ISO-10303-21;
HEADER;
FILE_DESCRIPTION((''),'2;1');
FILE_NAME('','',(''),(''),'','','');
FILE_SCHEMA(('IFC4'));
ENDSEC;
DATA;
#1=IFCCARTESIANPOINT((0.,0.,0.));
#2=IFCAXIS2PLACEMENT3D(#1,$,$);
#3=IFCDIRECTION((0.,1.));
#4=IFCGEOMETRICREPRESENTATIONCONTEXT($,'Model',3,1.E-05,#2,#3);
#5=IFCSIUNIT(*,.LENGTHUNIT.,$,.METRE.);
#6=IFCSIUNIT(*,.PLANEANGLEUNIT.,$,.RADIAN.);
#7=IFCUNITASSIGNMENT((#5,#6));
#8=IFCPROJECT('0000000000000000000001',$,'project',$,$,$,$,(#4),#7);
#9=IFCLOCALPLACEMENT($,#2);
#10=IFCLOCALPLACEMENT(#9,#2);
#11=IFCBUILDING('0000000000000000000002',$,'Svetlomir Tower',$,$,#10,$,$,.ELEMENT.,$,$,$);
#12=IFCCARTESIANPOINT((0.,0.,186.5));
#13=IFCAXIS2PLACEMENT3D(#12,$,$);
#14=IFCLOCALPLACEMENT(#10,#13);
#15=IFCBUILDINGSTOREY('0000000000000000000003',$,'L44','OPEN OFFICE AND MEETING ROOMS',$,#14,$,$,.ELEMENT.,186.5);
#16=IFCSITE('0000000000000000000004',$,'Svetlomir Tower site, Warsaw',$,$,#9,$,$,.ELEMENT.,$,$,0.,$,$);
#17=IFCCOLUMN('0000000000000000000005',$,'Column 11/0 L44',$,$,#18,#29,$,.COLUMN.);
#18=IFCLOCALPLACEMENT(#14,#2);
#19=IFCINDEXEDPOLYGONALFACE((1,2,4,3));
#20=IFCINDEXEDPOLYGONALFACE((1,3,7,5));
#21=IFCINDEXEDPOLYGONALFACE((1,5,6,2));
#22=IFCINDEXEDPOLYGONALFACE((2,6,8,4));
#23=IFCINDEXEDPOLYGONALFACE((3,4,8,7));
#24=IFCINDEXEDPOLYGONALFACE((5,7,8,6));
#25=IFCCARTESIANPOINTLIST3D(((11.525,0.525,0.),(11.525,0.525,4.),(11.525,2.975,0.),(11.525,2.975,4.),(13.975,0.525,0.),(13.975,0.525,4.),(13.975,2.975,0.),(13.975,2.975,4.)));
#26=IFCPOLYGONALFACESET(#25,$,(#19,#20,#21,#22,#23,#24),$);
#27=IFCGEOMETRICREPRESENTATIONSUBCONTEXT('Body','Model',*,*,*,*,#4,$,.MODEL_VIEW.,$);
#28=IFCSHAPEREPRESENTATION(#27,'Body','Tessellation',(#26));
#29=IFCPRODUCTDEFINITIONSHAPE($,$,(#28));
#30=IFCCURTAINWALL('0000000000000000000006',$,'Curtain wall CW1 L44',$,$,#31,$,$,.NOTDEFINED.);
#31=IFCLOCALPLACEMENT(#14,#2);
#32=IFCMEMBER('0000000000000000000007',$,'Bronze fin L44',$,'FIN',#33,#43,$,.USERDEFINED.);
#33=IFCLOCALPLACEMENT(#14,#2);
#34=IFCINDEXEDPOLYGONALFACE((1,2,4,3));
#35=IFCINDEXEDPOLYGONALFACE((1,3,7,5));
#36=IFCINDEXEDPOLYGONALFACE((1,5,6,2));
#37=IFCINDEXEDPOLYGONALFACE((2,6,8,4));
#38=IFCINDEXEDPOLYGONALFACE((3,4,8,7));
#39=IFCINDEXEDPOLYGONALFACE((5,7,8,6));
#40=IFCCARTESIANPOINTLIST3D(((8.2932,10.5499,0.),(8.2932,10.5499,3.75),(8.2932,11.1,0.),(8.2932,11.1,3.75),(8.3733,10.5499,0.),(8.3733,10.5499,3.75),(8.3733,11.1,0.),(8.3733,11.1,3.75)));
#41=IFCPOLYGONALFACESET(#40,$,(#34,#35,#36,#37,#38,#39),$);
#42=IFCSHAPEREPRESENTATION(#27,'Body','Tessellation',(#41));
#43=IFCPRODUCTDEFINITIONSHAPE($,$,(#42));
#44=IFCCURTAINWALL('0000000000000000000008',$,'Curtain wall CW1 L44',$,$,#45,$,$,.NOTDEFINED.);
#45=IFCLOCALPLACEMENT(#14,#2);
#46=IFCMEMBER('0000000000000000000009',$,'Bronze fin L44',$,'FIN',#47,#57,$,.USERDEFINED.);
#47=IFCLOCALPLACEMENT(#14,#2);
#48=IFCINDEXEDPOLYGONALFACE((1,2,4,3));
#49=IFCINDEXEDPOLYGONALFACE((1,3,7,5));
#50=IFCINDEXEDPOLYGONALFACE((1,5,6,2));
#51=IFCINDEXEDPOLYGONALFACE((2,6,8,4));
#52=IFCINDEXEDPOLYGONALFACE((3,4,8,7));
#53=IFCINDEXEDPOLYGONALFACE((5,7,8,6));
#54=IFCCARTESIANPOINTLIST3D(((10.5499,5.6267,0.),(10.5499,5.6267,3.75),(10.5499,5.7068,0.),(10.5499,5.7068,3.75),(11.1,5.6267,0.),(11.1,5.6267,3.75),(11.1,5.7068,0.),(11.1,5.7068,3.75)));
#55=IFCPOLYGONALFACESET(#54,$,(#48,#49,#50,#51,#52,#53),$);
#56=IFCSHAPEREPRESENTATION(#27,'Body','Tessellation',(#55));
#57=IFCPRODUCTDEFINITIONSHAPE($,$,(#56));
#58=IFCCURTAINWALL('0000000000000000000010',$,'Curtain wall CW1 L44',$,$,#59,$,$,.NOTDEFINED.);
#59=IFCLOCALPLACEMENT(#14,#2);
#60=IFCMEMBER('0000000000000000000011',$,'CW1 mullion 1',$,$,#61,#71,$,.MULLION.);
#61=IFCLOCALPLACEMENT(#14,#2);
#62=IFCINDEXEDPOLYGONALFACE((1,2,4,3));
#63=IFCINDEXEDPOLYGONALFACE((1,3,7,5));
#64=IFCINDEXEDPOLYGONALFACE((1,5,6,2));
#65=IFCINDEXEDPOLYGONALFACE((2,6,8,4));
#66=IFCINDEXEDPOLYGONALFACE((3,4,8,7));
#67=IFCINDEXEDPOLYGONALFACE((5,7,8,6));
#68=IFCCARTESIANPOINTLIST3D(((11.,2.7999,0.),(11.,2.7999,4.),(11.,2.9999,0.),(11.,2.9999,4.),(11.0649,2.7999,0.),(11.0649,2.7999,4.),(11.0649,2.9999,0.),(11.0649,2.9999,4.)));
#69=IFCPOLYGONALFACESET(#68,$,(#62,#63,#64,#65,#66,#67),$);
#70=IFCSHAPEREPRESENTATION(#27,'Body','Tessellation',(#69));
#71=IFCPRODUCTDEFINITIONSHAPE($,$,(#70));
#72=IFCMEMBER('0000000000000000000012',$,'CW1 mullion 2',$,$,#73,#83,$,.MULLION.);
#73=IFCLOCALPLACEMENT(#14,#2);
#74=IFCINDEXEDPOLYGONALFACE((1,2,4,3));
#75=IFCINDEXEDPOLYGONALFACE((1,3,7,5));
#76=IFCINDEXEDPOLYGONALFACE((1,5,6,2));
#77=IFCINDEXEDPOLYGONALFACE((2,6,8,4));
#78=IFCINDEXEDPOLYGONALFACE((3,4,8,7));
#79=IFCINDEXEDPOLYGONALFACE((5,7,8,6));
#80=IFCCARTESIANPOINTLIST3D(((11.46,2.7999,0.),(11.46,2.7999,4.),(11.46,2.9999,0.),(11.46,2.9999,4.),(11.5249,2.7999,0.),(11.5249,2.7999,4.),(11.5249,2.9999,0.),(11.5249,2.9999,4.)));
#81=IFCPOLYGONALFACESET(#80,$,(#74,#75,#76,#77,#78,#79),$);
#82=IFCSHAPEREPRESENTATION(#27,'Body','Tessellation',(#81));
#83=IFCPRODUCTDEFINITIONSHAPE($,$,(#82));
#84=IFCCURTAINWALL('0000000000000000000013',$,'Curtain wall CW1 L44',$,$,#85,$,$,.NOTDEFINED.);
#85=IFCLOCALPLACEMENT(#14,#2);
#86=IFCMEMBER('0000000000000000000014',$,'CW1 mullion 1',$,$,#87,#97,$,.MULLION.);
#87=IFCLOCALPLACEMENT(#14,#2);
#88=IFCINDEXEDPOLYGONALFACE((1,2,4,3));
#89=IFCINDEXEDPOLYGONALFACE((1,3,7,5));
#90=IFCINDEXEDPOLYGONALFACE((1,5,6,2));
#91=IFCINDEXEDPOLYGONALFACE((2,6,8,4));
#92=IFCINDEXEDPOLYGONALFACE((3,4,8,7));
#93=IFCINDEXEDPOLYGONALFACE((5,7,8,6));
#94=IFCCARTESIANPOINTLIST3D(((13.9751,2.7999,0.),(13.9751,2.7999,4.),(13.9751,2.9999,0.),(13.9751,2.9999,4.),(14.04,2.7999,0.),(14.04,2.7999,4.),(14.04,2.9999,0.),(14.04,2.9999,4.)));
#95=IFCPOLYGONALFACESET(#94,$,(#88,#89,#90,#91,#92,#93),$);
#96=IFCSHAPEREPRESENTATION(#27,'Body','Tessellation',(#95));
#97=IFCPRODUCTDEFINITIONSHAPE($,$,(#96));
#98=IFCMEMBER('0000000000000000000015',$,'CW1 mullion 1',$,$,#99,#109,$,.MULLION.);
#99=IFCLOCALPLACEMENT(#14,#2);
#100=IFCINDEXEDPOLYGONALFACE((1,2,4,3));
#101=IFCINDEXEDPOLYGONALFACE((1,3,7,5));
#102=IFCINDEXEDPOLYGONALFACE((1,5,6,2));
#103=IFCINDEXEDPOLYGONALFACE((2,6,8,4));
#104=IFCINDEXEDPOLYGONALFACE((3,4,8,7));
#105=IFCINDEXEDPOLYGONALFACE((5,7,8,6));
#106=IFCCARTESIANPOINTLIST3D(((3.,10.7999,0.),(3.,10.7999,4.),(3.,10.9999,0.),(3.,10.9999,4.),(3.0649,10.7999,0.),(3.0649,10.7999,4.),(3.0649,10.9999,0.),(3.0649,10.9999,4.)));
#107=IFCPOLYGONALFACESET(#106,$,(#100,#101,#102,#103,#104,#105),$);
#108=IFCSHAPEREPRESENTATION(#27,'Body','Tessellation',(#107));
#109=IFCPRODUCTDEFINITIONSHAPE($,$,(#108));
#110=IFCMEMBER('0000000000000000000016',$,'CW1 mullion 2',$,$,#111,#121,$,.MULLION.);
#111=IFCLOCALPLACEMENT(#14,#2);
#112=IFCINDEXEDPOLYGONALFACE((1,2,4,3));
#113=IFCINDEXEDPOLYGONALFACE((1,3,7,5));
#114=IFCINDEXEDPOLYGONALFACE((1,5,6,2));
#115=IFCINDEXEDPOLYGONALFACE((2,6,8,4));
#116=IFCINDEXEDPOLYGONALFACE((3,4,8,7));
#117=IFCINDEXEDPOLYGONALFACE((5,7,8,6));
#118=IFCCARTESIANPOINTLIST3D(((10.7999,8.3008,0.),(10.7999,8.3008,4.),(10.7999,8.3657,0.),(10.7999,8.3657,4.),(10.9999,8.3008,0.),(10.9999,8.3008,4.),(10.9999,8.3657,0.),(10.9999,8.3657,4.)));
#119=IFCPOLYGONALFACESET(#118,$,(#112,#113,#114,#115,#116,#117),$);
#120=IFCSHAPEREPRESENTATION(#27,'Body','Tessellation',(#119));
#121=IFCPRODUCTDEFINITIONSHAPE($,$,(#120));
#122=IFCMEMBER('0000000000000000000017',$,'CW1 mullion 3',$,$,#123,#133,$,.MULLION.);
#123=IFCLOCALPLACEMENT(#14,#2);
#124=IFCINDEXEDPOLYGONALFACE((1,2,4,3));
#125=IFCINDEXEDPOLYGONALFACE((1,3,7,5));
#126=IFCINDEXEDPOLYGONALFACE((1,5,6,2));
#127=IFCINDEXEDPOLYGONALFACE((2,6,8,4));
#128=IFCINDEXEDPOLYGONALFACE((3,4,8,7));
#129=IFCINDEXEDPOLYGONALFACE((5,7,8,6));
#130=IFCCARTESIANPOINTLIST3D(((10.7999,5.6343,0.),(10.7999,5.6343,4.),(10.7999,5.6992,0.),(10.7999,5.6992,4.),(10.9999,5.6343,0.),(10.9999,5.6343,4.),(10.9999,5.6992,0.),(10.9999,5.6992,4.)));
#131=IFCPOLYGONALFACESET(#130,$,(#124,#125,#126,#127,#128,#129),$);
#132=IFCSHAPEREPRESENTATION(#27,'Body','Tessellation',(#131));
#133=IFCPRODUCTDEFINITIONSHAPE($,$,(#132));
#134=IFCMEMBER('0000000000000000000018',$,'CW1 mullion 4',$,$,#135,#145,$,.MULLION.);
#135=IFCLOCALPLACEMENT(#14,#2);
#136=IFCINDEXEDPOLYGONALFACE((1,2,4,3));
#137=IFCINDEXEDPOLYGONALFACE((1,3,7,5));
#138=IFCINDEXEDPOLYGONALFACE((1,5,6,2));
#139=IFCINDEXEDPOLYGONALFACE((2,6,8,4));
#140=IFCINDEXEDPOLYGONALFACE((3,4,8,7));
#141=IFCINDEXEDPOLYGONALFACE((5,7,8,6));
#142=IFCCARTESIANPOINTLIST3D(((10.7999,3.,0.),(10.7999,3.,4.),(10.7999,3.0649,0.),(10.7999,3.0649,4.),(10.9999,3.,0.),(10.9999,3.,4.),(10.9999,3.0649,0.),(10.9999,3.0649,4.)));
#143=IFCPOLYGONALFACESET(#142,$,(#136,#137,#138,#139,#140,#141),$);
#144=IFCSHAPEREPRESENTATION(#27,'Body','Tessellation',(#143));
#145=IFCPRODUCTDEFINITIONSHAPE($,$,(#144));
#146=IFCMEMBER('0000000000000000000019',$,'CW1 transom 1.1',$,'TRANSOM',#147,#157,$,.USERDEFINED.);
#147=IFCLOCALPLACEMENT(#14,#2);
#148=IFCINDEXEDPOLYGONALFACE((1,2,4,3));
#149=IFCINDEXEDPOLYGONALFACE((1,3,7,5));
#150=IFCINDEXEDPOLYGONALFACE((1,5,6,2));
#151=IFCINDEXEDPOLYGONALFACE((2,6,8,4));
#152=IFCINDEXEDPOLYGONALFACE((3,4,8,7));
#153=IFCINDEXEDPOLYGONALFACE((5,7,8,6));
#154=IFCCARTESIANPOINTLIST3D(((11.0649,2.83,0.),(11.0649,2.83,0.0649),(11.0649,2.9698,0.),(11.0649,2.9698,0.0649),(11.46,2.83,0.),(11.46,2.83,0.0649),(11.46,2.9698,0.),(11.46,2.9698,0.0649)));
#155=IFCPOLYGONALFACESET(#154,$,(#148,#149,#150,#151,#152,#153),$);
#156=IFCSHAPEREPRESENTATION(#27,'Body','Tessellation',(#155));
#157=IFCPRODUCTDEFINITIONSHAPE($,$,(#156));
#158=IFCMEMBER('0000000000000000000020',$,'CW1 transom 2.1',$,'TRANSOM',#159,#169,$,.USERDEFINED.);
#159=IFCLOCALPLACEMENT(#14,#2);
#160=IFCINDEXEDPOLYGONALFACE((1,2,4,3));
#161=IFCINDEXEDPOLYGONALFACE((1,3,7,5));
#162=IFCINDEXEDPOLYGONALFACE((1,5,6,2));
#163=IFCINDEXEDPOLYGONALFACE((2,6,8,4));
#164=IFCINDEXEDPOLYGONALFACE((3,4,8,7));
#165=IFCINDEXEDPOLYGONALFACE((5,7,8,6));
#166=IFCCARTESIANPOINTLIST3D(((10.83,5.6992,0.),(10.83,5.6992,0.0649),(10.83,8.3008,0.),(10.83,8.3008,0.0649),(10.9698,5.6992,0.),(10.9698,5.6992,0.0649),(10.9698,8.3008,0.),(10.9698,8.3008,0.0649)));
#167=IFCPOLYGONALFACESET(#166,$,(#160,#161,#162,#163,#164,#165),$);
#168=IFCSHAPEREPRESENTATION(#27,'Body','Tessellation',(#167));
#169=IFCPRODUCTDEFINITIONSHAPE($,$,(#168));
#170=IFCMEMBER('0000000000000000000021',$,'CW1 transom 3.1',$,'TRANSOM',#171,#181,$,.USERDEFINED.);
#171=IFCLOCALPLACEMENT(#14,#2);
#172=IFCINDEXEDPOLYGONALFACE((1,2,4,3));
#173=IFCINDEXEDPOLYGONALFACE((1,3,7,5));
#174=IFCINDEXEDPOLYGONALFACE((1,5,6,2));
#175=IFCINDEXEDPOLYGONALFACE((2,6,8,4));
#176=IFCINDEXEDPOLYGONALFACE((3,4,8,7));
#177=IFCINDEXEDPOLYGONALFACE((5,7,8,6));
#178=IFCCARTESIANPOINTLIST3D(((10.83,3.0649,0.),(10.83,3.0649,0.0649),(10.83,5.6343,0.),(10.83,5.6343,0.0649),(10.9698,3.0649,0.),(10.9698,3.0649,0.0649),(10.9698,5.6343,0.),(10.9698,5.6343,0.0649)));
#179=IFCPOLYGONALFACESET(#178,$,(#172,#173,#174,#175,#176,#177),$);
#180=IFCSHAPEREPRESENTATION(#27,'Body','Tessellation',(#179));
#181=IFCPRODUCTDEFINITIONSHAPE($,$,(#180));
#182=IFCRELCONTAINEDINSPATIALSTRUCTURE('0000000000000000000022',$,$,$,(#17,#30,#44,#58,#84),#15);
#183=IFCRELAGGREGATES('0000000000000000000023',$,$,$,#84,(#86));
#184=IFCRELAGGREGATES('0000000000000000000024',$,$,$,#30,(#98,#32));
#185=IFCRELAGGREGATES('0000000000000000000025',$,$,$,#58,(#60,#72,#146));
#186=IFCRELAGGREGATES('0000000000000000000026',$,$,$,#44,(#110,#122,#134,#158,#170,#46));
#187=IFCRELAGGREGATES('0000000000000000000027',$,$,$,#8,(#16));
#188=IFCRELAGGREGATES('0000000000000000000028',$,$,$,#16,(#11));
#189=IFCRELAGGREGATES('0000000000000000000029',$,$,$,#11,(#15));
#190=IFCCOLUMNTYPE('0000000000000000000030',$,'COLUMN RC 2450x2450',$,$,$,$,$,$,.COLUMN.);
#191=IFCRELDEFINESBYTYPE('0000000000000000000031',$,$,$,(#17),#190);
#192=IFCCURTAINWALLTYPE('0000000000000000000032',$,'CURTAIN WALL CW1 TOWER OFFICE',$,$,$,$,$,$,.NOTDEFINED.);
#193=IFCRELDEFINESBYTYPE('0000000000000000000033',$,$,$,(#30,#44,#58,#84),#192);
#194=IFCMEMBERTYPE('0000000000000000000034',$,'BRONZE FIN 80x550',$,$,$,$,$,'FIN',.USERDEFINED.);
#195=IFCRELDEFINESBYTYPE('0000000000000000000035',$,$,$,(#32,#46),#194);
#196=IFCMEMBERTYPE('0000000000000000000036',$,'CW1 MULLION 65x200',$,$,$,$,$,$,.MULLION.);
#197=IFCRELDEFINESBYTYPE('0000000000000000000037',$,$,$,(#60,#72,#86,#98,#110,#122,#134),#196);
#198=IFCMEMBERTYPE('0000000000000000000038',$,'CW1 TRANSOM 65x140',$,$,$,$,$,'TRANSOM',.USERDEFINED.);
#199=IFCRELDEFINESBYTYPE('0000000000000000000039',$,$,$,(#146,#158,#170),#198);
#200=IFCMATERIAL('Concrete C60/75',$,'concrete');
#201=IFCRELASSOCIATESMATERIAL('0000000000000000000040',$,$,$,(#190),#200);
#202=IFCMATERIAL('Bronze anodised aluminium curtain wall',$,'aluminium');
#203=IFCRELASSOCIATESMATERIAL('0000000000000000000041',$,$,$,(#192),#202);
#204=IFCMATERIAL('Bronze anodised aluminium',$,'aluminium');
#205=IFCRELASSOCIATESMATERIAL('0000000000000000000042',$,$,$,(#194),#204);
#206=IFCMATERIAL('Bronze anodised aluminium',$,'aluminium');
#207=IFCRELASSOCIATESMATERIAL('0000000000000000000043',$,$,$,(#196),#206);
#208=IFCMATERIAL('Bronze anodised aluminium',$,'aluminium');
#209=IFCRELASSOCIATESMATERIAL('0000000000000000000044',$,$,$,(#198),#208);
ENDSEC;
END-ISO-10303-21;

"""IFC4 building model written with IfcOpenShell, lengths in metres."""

from ifc_helpers import new_model, si_unit, direction, frame, origin, origin_2d, place, context, subcontext, project, spatial, rectangle, extrude, material, material_profile, profile_set, type_object, element, aggregate, save


model = new_model("IFC4")

# Units and contexts
model_context = context("Model", 3, precision=1e-05, world=origin(), true_north=direction((0.0, 1.0)))
body_context = subcontext(model_context, "Body", "Model", "MODEL_VIEW")
ifc_project = project(units=[si_unit("LENGTHUNIT", "METRE"), si_unit("PLANEANGLEUNIT", "RADIAN")], contexts=[model_context])

# Site, building, storey
site_placement = place(None, origin())
site = spatial("IfcSite", under=ifc_project, at=site_placement, Name="Svetlomir Tower site, Warsaw", CompositionType="ELEMENT", RefElevation=0.0)
building_placement = place(site_placement, origin())
building = spatial("IfcBuilding", under=site, at=building_placement, Name="Svetlomir Tower", CompositionType="ELEMENT")
storey_placement = place(building_placement, frame((0.0, 0.0, 186.5)))
storey = spatial("IfcBuildingStorey", under=building, at=storey_placement, Name="L44", Description="OPEN OFFICE AND MEETING ROOMS", CompositionType="ELEMENT", Elevation=186.5)

# Column
ifc_material_1 = material(Name="Concrete C60/75", Category="concrete")
ifc_material_profile_1 = material_profile(ifc_material_1, rectangle(XDim=2.45, YDim=2.45, at=origin_2d()), Name="RC 2450x2450")
ifc_profile_set_1 = profile_set([ifc_material_profile_1], Name="Concrete C60/75")
column_type = type_object("IfcColumnType", Name="COLUMN RC 2450x2450", PredefinedType="COLUMN", material=ifc_profile_set_1)
column_placement = place(storey_placement, frame((12.75, 1.75, 0.0), z_axis=(0.0, 0.0, 1.0), x_axis=(1.0, 0.0, 0.0)))
element("IfcColumn", 1, at=column_placement, inside=storey, type_object=column_type, Name="Column 11/0 L44", PredefinedType="COLUMN", context=body_context, shape_type="SweptSolid", body=[
    extrude(rectangle(XDim=2.45, YDim=2.45, at=origin_2d()), origin(), (0.0, 0.0, 1.0), 4.0),
])

# Curtain walls, members
ifc_material_2 = material(Name="Bronze anodised aluminium curtain wall", Category="aluminium")
curtain_wall_type = type_object("IfcCurtainWallType", Name="CURTAIN WALL CW1 TOWER OFFICE", PredefinedType="NOTDEFINED", material=ifc_material_2)
curtain_wall_1_placement = place(storey_placement, origin())
curtain_wall_1 = element("IfcCurtainWall", 2, at=curtain_wall_1_placement, inside=storey, type_object=curtain_wall_type, Name="Curtain wall CW1 L44", PredefinedType="NOTDEFINED")
ifc_material_3 = material(Name="Bronze anodised aluminium", Category="aluminium")
ifc_material_profile_2 = material_profile(ifc_material_3, rectangle(XDim=0.0801, YDim=0.55, at=origin_2d()), Name="FIN 80x550")
ifc_profile_set_2 = profile_set([ifc_material_profile_2], Name="Bronze anodised aluminium 6063-T6")
member_type_1 = type_object("IfcMemberType", Name="BRONZE FIN 80x550", ElementType="FIN", PredefinedType="USERDEFINED", material=ifc_profile_set_2)
member_1_placement = place(storey_placement, frame((8.3333, 10.825, 0.0), z_axis=(0.0, 0.0, 1.0), x_axis=(1.0, 0.0, 0.0)))
member_1 = element("IfcMember", 3, at=member_1_placement, type_object=member_type_1, Name="Bronze fin L44", ObjectType="FIN", PredefinedType="USERDEFINED", context=body_context, shape_type="SweptSolid", body=[
    extrude(rectangle(XDim=0.0801, YDim=0.55, at=origin_2d()), origin(), (0.0, 0.0, 1.0), 3.75),
])
curtain_wall_2_placement = place(storey_placement, origin())
curtain_wall_2 = element("IfcCurtainWall", 4, at=curtain_wall_2_placement, inside=storey, type_object=curtain_wall_type, Name="Curtain wall CW1 L44", PredefinedType="NOTDEFINED")
member_2_placement = place(storey_placement, frame((10.825, 5.6667, 0.0), z_axis=(0.0, 0.0, 1.0), x_axis=(0.0, 1.0, 0.0)))
member_2 = element("IfcMember", 5, at=member_2_placement, type_object=member_type_1, Name="Bronze fin L44", ObjectType="FIN", PredefinedType="USERDEFINED", context=body_context, shape_type="SweptSolid", body=[
    extrude(rectangle(XDim=0.0801, YDim=0.55, at=origin_2d()), origin(), (0.0, 0.0, 1.0), 3.75),
])

# Curtain wall, members
curtain_wall_3_placement = place(storey_placement, origin())
curtain_wall_3 = element("IfcCurtainWall", 6, at=curtain_wall_3_placement, inside=storey, type_object=curtain_wall_type, Name="Curtain wall CW1 L44", PredefinedType="NOTDEFINED")
ifc_material_4 = material(Name="Bronze anodised aluminium", Category="aluminium")
ifc_material_profile_3 = material_profile(ifc_material_4, rectangle(XDim=0.0649, YDim=0.2, at=origin_2d()), Name="AL 65x200")
ifc_profile_set_3 = profile_set([ifc_material_profile_3], Name="Bronze anodised aluminium 6063-T6")
member_type_2 = type_object("IfcMemberType", Name="CW1 MULLION 65x200", PredefinedType="MULLION", material=ifc_profile_set_3)
member_3_placement = place(storey_placement, frame((11.0325, 2.8999, 0.0), z_axis=(0.0, 0.0, 1.0), x_axis=(1.0, 0.0, 0.0)))
member_3 = element("IfcMember", 7, at=member_3_placement, type_object=member_type_2, Name="CW1 mullion 1", PredefinedType="MULLION", context=body_context, shape_type="SweptSolid", body=[
    extrude(rectangle(XDim=0.0649, YDim=0.2, at=origin_2d()), origin(), (0.0, 0.0, 1.0), 4.0),
])
member_4_placement = place(storey_placement, frame((11.4924, 2.8999, 0.0), z_axis=(0.0, 0.0, 1.0), x_axis=(1.0, 0.0, 0.0)))
member_4 = element("IfcMember", 8, at=member_4_placement, type_object=member_type_2, Name="CW1 mullion 2", PredefinedType="MULLION", context=body_context, shape_type="SweptSolid", body=[
    extrude(rectangle(XDim=0.0649, YDim=0.2, at=origin_2d()), origin(), (0.0, 0.0, 1.0), 4.0),
])

# Curtain wall, member
curtain_wall_4_placement = place(storey_placement, origin())
curtain_wall_4 = element("IfcCurtainWall", 9, at=curtain_wall_4_placement, inside=storey, type_object=curtain_wall_type, Name="Curtain wall CW1 L44", PredefinedType="NOTDEFINED")
member_5_placement = place(storey_placement, frame((14.0076, 2.8999, 0.0), z_axis=(0.0, 0.0, 1.0), x_axis=(1.0, 0.0, 0.0)))
member_5 = element("IfcMember", 10, at=member_5_placement, type_object=member_type_2, Name="CW1 mullion 1", PredefinedType="MULLION", context=body_context, shape_type="SweptSolid", body=[
    extrude(rectangle(XDim=0.0649, YDim=0.2, at=origin_2d()), origin(), (0.0, 0.0, 1.0), 4.0),
])
aggregate(curtain_wall_4, [member_5])

# Members
member_6_placement = place(storey_placement, frame((3.0325, 10.8999, 0.0), z_axis=(0.0, 0.0, 1.0), x_axis=(1.0, 0.0, 0.0)))
member_6 = element("IfcMember", 11, at=member_6_placement, type_object=member_type_2, Name="CW1 mullion 1", PredefinedType="MULLION", context=body_context, shape_type="SweptSolid", body=[
    extrude(rectangle(XDim=0.0649, YDim=0.2, at=origin_2d()), origin(), (0.0, 0.0, 1.0), 4.0),
])
aggregate(curtain_wall_1, [member_6, member_1])
member_7_placement = place(storey_placement, frame((10.8999, 8.3333, 0.0), z_axis=(0.0, 0.0, 1.0), x_axis=(0.0, -1.0, 0.0)))
member_7 = element("IfcMember", 12, at=member_7_placement, type_object=member_type_2, Name="CW1 mullion 2", PredefinedType="MULLION", context=body_context, shape_type="SweptSolid", body=[
    extrude(rectangle(XDim=0.0649, YDim=0.2, at=origin_2d()), origin(), (0.0, 0.0, 1.0), 4.0),
])
member_8_placement = place(storey_placement, frame((10.8999, 5.6667, 0.0), z_axis=(0.0, 0.0, 1.0), x_axis=(0.0, -1.0, 0.0)))
member_8 = element("IfcMember", 13, at=member_8_placement, type_object=member_type_2, Name="CW1 mullion 3", PredefinedType="MULLION", context=body_context, shape_type="SweptSolid", body=[
    extrude(rectangle(XDim=0.0649, YDim=0.2, at=origin_2d()), origin(), (0.0, 0.0, 1.0), 4.0),
])
member_9_placement = place(storey_placement, frame((10.8999, 3.0325, 0.0), z_axis=(0.0, 0.0, 1.0), x_axis=(0.0, -1.0, 0.0)))
member_9 = element("IfcMember", 14, at=member_9_placement, type_object=member_type_2, Name="CW1 mullion 4", PredefinedType="MULLION", context=body_context, shape_type="SweptSolid", body=[
    extrude(rectangle(XDim=0.0649, YDim=0.2, at=origin_2d()), origin(), (0.0, 0.0, 1.0), 4.0),
])
ifc_material_5 = material(Name="Bronze anodised aluminium", Category="aluminium")
ifc_material_profile_4 = material_profile(ifc_material_5, rectangle(XDim=0.1399, YDim=0.0649, at=origin_2d()), Name="AL 140x65")
ifc_profile_set_4 = profile_set([ifc_material_profile_4], Name="Bronze anodised aluminium 6063-T6")
member_type_3 = type_object("IfcMemberType", Name="CW1 TRANSOM 65x140", ElementType="TRANSOM", PredefinedType="USERDEFINED", material=ifc_profile_set_4)
member_10_placement = place(storey_placement, frame((11.0649, 2.8999, 0.0325), z_axis=(1.0, 0.0, 0.0), x_axis=(0.0, 1.0, 0.0)))
member_10 = element("IfcMember", 15, at=member_10_placement, type_object=member_type_3, Name="CW1 transom 1.1", ObjectType="TRANSOM", PredefinedType="USERDEFINED", context=body_context, shape_type="SweptSolid", body=[
    extrude(rectangle(XDim=0.1399, YDim=0.0649, at=origin_2d()), origin(), (0.0, 0.0, 1.0), 0.395),
])
member_11_placement = place(storey_placement, frame((10.8999, 8.3008, 0.0325), z_axis=(0.0, -1.0, 0.0), x_axis=(1.0, 0.0, 0.0)))
member_11 = element("IfcMember", 16, at=member_11_placement, type_object=member_type_3, Name="CW1 transom 2.1", ObjectType="TRANSOM", PredefinedType="USERDEFINED", context=body_context, shape_type="SweptSolid", body=[
    extrude(rectangle(XDim=0.1399, YDim=0.0649, at=origin_2d()), origin(), (0.0, 0.0, 1.0), 2.6016),
])
member_12_placement = place(storey_placement, frame((10.8999, 5.6343, 0.0325), z_axis=(0.0, -1.0, 0.0), x_axis=(1.0, 0.0, 0.0)))
member_12 = element("IfcMember", 17, at=member_12_placement, type_object=member_type_3, Name="CW1 transom 3.1", ObjectType="TRANSOM", PredefinedType="USERDEFINED", context=body_context, shape_type="SweptSolid", body=[
    extrude(rectangle(XDim=0.1399, YDim=0.0649, at=origin_2d()), origin(), (0.0, 0.0, 1.0), 2.5693),
])

aggregate(curtain_wall_3, [member_3, member_4, member_10])
aggregate(curtain_wall_2, [member_7, member_8, member_9, member_11, member_12, member_2])

save(model, "model.ifc")
